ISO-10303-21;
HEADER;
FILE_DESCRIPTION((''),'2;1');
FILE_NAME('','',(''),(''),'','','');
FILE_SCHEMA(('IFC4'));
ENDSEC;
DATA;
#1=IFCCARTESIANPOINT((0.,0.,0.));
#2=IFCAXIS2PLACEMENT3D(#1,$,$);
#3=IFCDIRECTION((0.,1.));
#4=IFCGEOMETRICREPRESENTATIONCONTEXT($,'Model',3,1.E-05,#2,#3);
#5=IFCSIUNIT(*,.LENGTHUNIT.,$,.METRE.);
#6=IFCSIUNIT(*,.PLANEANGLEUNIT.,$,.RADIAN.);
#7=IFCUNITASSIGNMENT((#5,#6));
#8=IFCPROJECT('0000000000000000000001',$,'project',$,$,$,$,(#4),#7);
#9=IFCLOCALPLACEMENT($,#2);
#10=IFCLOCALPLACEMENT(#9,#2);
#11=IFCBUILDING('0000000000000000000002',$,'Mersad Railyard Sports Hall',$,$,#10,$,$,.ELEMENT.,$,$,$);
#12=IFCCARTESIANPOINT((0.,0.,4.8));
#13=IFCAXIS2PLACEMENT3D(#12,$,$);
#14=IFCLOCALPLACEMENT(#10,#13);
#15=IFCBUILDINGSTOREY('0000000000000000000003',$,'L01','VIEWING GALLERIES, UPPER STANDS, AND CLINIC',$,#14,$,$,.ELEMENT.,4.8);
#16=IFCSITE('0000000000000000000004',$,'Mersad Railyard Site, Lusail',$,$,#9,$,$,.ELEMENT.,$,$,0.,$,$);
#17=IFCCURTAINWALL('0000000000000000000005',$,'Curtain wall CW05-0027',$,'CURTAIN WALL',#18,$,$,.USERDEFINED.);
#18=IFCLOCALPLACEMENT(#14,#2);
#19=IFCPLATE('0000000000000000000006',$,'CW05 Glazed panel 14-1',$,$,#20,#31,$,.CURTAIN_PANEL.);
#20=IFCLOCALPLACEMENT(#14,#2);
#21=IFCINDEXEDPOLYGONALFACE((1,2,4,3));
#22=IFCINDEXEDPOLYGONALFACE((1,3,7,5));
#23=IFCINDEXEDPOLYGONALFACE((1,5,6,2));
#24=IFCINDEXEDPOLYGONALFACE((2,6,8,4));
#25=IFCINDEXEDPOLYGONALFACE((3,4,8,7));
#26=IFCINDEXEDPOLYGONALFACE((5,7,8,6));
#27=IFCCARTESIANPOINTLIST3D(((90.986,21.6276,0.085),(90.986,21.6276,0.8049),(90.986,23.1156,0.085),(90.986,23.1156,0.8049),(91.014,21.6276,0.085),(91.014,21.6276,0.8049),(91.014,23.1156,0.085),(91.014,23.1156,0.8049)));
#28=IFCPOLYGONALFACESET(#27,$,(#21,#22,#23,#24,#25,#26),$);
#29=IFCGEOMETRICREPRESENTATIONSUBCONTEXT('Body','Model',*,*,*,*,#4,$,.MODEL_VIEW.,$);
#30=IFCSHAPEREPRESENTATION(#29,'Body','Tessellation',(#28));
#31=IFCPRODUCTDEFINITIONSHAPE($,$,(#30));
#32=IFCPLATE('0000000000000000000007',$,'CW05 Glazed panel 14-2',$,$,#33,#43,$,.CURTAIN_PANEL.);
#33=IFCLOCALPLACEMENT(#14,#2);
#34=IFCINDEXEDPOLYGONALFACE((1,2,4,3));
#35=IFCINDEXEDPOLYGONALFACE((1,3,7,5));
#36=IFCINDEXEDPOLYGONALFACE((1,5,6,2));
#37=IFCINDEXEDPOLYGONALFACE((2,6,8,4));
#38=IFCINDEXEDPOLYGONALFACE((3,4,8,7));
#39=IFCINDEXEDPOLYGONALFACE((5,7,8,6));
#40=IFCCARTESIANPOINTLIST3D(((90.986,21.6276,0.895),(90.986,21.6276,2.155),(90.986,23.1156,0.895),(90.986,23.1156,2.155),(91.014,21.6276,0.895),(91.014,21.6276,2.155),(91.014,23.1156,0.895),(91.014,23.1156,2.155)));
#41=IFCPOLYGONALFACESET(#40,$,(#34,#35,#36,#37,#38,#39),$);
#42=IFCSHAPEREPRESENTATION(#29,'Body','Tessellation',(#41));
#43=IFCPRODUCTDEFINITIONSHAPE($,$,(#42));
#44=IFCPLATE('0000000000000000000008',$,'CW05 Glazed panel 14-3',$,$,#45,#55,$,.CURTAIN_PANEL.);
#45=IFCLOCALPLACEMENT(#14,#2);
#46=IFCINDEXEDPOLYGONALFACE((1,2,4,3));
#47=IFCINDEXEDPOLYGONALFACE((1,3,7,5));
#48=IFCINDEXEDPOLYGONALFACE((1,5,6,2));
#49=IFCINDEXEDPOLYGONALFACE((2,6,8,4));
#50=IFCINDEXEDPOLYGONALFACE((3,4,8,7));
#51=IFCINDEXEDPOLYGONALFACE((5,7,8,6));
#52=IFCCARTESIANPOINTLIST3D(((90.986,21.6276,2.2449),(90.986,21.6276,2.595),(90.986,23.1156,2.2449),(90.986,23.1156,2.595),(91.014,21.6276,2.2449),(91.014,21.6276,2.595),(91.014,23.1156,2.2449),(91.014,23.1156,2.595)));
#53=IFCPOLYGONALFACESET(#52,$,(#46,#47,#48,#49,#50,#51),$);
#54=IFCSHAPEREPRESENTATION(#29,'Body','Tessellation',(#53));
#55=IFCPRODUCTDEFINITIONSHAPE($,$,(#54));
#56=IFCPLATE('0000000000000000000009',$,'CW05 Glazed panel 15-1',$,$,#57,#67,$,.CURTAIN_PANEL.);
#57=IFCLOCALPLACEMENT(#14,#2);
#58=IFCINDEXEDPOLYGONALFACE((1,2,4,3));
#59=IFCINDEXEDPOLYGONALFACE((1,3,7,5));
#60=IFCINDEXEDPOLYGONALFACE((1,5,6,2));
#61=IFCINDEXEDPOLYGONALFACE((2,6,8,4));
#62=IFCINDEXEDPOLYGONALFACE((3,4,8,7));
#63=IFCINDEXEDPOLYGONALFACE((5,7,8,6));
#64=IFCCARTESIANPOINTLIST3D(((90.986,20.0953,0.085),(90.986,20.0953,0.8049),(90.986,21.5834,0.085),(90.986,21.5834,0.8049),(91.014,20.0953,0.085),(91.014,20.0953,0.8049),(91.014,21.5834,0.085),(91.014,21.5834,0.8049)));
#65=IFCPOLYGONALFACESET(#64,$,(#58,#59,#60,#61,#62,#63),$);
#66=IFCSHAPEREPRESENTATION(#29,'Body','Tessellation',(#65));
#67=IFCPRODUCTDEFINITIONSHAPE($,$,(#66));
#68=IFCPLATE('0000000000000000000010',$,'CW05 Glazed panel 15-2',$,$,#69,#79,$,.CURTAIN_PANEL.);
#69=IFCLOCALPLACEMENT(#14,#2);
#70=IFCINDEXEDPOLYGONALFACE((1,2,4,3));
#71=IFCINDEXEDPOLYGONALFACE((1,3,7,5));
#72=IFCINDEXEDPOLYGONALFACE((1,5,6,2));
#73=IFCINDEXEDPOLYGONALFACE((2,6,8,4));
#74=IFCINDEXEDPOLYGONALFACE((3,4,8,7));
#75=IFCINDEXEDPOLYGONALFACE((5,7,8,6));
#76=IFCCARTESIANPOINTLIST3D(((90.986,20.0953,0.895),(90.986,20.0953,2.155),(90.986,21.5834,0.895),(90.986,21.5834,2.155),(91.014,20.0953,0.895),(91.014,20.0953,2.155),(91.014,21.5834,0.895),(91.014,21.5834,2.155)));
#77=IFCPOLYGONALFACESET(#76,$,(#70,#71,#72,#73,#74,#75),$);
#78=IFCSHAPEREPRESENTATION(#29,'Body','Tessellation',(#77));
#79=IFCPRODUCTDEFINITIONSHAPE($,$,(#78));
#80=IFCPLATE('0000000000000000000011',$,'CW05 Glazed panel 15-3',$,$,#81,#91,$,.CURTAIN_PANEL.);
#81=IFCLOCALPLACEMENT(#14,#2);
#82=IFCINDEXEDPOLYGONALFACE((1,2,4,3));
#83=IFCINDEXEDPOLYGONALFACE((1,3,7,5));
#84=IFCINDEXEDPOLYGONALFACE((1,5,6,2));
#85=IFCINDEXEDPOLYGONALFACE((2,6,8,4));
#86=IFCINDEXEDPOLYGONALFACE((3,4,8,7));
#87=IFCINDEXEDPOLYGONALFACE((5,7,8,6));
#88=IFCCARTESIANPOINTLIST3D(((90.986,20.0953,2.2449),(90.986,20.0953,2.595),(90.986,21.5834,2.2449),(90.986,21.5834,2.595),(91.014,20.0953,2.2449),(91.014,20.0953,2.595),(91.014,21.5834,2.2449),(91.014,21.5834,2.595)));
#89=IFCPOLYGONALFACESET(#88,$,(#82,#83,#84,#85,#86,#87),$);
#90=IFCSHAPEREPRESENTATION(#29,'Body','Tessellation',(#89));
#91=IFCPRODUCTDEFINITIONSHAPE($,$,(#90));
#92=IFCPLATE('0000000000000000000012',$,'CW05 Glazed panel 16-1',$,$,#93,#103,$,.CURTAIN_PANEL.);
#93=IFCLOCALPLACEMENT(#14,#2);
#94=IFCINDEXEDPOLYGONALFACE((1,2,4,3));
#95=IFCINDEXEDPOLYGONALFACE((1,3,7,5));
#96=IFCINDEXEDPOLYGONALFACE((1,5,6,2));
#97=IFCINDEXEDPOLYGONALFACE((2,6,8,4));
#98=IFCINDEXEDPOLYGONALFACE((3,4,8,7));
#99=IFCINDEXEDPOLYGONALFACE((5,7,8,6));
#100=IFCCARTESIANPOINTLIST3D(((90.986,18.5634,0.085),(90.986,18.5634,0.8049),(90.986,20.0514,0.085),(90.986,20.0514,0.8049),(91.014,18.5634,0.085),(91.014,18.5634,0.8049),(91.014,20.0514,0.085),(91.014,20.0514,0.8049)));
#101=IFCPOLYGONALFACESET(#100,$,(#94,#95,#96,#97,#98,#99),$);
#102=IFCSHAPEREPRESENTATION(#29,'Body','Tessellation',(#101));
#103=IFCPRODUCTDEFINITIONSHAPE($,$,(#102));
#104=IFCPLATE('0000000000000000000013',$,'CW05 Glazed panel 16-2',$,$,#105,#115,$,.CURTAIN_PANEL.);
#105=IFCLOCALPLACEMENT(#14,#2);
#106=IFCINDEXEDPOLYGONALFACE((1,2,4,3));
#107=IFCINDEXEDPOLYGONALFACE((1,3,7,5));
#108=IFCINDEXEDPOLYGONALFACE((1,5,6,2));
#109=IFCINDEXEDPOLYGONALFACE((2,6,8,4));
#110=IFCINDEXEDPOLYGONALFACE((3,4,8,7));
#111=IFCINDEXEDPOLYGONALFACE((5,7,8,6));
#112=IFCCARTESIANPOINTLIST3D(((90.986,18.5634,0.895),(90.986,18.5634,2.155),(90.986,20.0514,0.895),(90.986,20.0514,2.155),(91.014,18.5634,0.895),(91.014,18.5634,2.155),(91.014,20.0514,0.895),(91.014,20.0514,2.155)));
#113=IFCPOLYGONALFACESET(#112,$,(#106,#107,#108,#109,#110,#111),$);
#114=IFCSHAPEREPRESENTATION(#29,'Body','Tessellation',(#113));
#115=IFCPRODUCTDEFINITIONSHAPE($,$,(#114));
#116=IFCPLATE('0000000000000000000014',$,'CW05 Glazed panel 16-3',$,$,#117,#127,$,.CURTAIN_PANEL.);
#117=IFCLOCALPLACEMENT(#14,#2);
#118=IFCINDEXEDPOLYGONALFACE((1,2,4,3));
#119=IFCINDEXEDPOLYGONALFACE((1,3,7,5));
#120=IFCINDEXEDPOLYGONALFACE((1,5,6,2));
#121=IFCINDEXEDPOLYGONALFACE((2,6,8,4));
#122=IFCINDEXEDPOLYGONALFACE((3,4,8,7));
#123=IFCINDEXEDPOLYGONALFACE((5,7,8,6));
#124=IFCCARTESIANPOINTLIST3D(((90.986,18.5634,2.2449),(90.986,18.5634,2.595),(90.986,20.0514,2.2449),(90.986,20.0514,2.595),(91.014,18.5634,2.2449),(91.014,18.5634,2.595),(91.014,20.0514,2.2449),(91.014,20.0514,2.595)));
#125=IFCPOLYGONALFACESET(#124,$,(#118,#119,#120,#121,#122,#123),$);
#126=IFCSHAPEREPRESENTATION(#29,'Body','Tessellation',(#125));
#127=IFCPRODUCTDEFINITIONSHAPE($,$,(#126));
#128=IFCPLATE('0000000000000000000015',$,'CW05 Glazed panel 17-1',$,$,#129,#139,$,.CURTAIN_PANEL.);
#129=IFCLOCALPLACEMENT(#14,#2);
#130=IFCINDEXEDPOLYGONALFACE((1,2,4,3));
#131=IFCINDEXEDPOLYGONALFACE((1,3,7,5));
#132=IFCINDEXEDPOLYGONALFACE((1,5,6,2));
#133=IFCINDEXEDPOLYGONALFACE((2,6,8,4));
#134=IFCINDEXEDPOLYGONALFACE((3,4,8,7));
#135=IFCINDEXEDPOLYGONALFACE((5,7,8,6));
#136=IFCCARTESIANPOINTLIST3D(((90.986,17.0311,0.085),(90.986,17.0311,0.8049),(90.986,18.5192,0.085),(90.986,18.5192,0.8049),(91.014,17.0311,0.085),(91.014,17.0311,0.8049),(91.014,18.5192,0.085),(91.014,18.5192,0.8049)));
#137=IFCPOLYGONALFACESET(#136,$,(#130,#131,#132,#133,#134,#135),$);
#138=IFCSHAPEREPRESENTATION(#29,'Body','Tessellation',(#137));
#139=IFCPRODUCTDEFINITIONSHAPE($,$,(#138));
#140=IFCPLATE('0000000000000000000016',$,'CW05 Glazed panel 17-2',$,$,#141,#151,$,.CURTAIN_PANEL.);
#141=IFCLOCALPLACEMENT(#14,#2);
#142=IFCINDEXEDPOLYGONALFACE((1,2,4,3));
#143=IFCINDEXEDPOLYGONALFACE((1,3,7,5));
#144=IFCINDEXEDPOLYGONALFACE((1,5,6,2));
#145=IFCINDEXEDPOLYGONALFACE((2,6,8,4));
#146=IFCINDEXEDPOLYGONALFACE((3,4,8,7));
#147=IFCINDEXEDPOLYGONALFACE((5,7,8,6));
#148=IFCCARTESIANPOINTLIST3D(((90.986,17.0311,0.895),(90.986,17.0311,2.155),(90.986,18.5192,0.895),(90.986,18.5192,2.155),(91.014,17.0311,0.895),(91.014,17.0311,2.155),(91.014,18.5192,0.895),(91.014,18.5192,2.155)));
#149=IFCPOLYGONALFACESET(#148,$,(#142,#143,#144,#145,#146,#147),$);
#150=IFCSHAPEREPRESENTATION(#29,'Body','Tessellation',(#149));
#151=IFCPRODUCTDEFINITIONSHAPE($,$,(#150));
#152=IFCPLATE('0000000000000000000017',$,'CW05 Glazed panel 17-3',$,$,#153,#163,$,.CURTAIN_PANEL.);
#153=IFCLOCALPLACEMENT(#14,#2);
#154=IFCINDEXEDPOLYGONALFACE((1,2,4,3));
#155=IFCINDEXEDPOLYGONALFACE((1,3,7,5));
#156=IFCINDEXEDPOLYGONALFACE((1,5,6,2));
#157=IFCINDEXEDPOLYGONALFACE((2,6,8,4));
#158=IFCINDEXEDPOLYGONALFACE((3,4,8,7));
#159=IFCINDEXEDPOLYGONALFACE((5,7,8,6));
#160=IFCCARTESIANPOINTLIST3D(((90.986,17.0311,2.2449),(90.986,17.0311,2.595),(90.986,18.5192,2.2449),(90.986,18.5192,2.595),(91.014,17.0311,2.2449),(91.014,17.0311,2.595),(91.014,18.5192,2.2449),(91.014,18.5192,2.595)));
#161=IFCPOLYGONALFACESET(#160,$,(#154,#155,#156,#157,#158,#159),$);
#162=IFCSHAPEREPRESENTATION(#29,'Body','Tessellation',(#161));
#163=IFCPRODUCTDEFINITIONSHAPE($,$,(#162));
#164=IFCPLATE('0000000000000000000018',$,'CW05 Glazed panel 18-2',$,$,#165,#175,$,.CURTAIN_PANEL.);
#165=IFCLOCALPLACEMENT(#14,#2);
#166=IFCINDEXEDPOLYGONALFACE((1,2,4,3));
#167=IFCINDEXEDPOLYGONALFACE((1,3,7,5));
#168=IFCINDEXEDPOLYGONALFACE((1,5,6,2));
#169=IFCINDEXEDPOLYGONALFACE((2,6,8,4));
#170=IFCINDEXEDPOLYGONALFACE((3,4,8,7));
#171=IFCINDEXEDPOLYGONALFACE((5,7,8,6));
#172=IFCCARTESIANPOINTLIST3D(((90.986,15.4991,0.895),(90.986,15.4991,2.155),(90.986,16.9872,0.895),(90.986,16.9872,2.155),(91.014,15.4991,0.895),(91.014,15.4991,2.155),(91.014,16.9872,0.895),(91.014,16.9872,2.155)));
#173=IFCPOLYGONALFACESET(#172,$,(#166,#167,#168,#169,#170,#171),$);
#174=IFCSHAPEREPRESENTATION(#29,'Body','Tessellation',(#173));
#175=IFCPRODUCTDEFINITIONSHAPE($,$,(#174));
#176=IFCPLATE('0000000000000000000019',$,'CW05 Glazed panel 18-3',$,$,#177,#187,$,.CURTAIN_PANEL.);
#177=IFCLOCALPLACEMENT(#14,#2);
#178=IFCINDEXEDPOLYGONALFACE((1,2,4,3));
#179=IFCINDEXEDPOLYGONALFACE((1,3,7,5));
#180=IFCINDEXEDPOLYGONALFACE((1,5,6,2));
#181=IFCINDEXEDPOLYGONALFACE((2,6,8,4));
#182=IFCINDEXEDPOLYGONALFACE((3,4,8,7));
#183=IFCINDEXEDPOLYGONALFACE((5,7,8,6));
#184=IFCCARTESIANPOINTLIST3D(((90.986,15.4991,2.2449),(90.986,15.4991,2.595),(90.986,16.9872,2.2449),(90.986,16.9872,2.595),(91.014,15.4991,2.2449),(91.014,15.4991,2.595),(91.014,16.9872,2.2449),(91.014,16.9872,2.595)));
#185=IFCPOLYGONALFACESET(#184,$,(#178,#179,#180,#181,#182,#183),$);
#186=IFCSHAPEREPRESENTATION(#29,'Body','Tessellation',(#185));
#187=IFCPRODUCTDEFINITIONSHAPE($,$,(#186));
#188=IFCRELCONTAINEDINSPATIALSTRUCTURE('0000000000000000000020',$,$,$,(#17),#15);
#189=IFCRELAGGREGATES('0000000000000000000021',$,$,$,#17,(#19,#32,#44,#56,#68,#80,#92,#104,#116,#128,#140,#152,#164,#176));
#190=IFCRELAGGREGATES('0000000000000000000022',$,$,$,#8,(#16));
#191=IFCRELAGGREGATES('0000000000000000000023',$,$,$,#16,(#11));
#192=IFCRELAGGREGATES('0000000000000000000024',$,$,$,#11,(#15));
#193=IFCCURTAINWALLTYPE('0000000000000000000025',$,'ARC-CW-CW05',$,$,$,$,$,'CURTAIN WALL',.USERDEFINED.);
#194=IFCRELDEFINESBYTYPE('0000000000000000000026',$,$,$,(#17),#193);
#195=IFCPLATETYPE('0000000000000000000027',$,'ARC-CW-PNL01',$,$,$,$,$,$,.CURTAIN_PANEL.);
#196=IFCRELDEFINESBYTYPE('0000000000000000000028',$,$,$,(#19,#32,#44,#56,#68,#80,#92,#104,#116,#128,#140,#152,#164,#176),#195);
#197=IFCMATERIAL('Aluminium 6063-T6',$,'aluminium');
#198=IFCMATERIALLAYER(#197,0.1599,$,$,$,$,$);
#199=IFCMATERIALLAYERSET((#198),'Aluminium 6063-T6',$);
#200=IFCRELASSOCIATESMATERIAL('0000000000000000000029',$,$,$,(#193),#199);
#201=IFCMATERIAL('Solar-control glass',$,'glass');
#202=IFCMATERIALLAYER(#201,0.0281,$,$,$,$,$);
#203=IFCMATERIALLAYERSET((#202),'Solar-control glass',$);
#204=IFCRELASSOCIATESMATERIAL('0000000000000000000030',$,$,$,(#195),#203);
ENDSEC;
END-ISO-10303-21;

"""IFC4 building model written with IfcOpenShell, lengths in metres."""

from ifc_helpers import new_model, si_unit, direction, frame, origin, origin_2d, place, context, subcontext, project, spatial, rectangle, extrude, material, layer, layer_set, type_object, element, aggregate, save


model = new_model("IFC4")

# Units and contexts
model_context = context("Model", 3, precision=1e-05, world=origin(), true_north=direction((0.0, 1.0)))
body_context = subcontext(model_context, "Body", "Model", "MODEL_VIEW")
ifc_project = project(units=[si_unit("LENGTHUNIT", "METRE"), si_unit("PLANEANGLEUNIT", "RADIAN")], contexts=[model_context])

# Site, building, storey
site_placement = place(None, origin())
site = spatial("IfcSite", under=ifc_project, at=site_placement, Name="Mersad Railyard Site, Lusail", CompositionType="ELEMENT", RefElevation=0.0)
building_placement = place(site_placement, origin())
building = spatial("IfcBuilding", under=site, at=building_placement, Name="Mersad Railyard Sports Hall", CompositionType="ELEMENT")
storey_placement = place(building_placement, frame((0.0, 0.0, 4.8)))
storey = spatial("IfcBuildingStorey", under=building, at=storey_placement, Name="L01", Description="VIEWING GALLERIES, UPPER STANDS, AND CLINIC", CompositionType="ELEMENT", Elevation=4.8)

# Curtain wall, plates
ifc_material_1 = material(Name="Aluminium 6063-T6", Category="aluminium")
ifc_layer_1 = layer(ifc_material_1, 0.1599)
ifc_layer_set_1 = layer_set([ifc_layer_1], Name="Aluminium 6063-T6")
curtain_wall_type = type_object("IfcCurtainWallType", Name="ARC-CW-CW05", ElementType="CURTAIN WALL", PredefinedType="USERDEFINED", material=ifc_layer_set_1)
curtain_wall_placement = place(storey_placement, origin())
curtain_wall = element("IfcCurtainWall", 1, at=curtain_wall_placement, inside=storey, type_object=curtain_wall_type, Name="Curtain wall CW05-0027", ObjectType="CURTAIN WALL", PredefinedType="USERDEFINED")
ifc_material_2 = material(Name="Solar-control glass", Category="glass")
ifc_layer_2 = layer(ifc_material_2, 0.0281)
ifc_layer_set_2 = layer_set([ifc_layer_2], Name="Solar-control glass")
plate_type = type_object("IfcPlateType", Name="ARC-CW-PNL01", PredefinedType="CURTAIN_PANEL", material=ifc_layer_set_2)
plate_1_placement = place(storey_placement, frame((91.0, 22.3716, 0.085), z_axis=(0.0, 0.0, 1.0), x_axis=(0.0, -1.0, 0.0)))
plate_1 = element("IfcPlate", 2, at=plate_1_placement, type_object=plate_type, Name="CW05 Glazed panel 14-1", PredefinedType="CURTAIN_PANEL", context=body_context, shape_type="SweptSolid", body=[
    extrude(rectangle(XDim=1.488, YDim=0.0281, at=origin_2d()), origin(), (0.0, 0.0, 1.0), 0.72),
])
plate_2_placement = place(storey_placement, frame((91.0, 22.3716, 0.895), z_axis=(0.0, 0.0, 1.0), x_axis=(0.0, -1.0, 0.0)))
plate_2 = element("IfcPlate", 3, at=plate_2_placement, type_object=plate_type, Name="CW05 Glazed panel 14-2", PredefinedType="CURTAIN_PANEL", context=body_context, shape_type="SweptSolid", body=[
    extrude(rectangle(XDim=1.488, YDim=0.0281, at=origin_2d()), origin(), (0.0, 0.0, 1.0), 1.26),
])
plate_3_placement = place(storey_placement, frame((91.0, 22.3716, 2.2449), z_axis=(0.0, 0.0, 1.0), x_axis=(0.0, -1.0, 0.0)))
plate_3 = element("IfcPlate", 4, at=plate_3_placement, type_object=plate_type, Name="CW05 Glazed panel 14-3", PredefinedType="CURTAIN_PANEL", context=body_context, shape_type="SweptSolid", body=[
    extrude(rectangle(XDim=1.488, YDim=0.0281, at=origin_2d()), origin(), (0.0, 0.0, 1.0), 0.3501),
])
plate_4_placement = place(storey_placement, frame((91.0, 20.8394, 0.085), z_axis=(0.0, 0.0, 1.0), x_axis=(0.0, -1.0, 0.0)))
plate_4 = element("IfcPlate", 5, at=plate_4_placement, type_object=plate_type, Name="CW05 Glazed panel 15-1", PredefinedType="CURTAIN_PANEL", context=body_context, shape_type="SweptSolid", body=[
    extrude(rectangle(XDim=1.488, YDim=0.0281, at=origin_2d()), origin(), (0.0, 0.0, 1.0), 0.72),
])
plate_5_placement = place(storey_placement, frame((91.0, 20.8394, 0.895), z_axis=(0.0, 0.0, 1.0), x_axis=(0.0, -1.0, 0.0)))
plate_5 = element("IfcPlate", 6, at=plate_5_placement, type_object=plate_type, Name="CW05 Glazed panel 15-2", PredefinedType="CURTAIN_PANEL", context=body_context, shape_type="SweptSolid", body=[
    extrude(rectangle(XDim=1.488, YDim=0.0281, at=origin_2d()), origin(), (0.0, 0.0, 1.0), 1.26),
])
plate_6_placement = place(storey_placement, frame((91.0, 20.8394, 2.2449), z_axis=(0.0, 0.0, 1.0), x_axis=(0.0, -1.0, 0.0)))
plate_6 = element("IfcPlate", 7, at=plate_6_placement, type_object=plate_type, Name="CW05 Glazed panel 15-3", PredefinedType="CURTAIN_PANEL", context=body_context, shape_type="SweptSolid", body=[
    extrude(rectangle(XDim=1.488, YDim=0.0281, at=origin_2d()), origin(), (0.0, 0.0, 1.0), 0.3501),
])
plate_7_placement = place(storey_placement, frame((91.0, 19.3074, 0.085), z_axis=(0.0, 0.0, 1.0), x_axis=(0.0, -1.0, 0.0)))
plate_7 = element("IfcPlate", 8, at=plate_7_placement, type_object=plate_type, Name="CW05 Glazed panel 16-1", PredefinedType="CURTAIN_PANEL", context=body_context, shape_type="SweptSolid", body=[
    extrude(rectangle(XDim=1.488, YDim=0.0281, at=origin_2d()), origin(), (0.0, 0.0, 1.0), 0.72),
])
plate_8_placement = place(storey_placement, frame((91.0, 19.3074, 0.895), z_axis=(0.0, 0.0, 1.0), x_axis=(0.0, -1.0, 0.0)))
plate_8 = element("IfcPlate", 9, at=plate_8_placement, type_object=plate_type, Name="CW05 Glazed panel 16-2", PredefinedType="CURTAIN_PANEL", context=body_context, shape_type="SweptSolid", body=[
    extrude(rectangle(XDim=1.488, YDim=0.0281, at=origin_2d()), origin(), (0.0, 0.0, 1.0), 1.26),
])
plate_9_placement = place(storey_placement, frame((91.0, 19.3074, 2.2449), z_axis=(0.0, 0.0, 1.0), x_axis=(0.0, -1.0, 0.0)))
plate_9 = element("IfcPlate", 10, at=plate_9_placement, type_object=plate_type, Name="CW05 Glazed panel 16-3", PredefinedType="CURTAIN_PANEL", context=body_context, shape_type="SweptSolid", body=[
    extrude(rectangle(XDim=1.488, YDim=0.0281, at=origin_2d()), origin(), (0.0, 0.0, 1.0), 0.3501),
])
plate_10_placement = place(storey_placement, frame((91.0, 17.7751, 0.085), z_axis=(0.0, 0.0, 1.0), x_axis=(0.0, -1.0, 0.0)))
plate_10 = element("IfcPlate", 11, at=plate_10_placement, type_object=plate_type, Name="CW05 Glazed panel 17-1", PredefinedType="CURTAIN_PANEL", context=body_context, shape_type="SweptSolid", body=[
    extrude(rectangle(XDim=1.488, YDim=0.0281, at=origin_2d()), origin(), (0.0, 0.0, 1.0), 0.72),
])
plate_11_placement = place(storey_placement, frame((91.0, 17.7751, 0.895), z_axis=(0.0, 0.0, 1.0), x_axis=(0.0, -1.0, 0.0)))
plate_11 = element("IfcPlate", 12, at=plate_11_placement, type_object=plate_type, Name="CW05 Glazed panel 17-2", PredefinedType="CURTAIN_PANEL", context=body_context, shape_type="SweptSolid", body=[
    extrude(rectangle(XDim=1.488, YDim=0.0281, at=origin_2d()), origin(), (0.0, 0.0, 1.0), 1.26),
])
plate_12_placement = place(storey_placement, frame((91.0, 17.7751, 2.2449), z_axis=(0.0, 0.0, 1.0), x_axis=(0.0, -1.0, 0.0)))
plate_12 = element("IfcPlate", 13, at=plate_12_placement, type_object=plate_type, Name="CW05 Glazed panel 17-3", PredefinedType="CURTAIN_PANEL", context=body_context, shape_type="SweptSolid", body=[
    extrude(rectangle(XDim=1.488, YDim=0.0281, at=origin_2d()), origin(), (0.0, 0.0, 1.0), 0.3501),
])
plate_13_placement = place(storey_placement, frame((91.0, 16.2432, 0.895), z_axis=(0.0, 0.0, 1.0), x_axis=(0.0, -1.0, 0.0)))
plate_13 = element("IfcPlate", 14, at=plate_13_placement, type_object=plate_type, Name="CW05 Glazed panel 18-2", PredefinedType="CURTAIN_PANEL", context=body_context, shape_type="SweptSolid", body=[
    extrude(rectangle(XDim=1.488, YDim=0.0281, at=origin_2d()), origin(), (0.0, 0.0, 1.0), 1.26),
])
plate_14_placement = place(storey_placement, frame((91.0, 16.2432, 2.2449), z_axis=(0.0, 0.0, 1.0), x_axis=(0.0, -1.0, 0.0)))
plate_14 = element("IfcPlate", 15, at=plate_14_placement, type_object=plate_type, Name="CW05 Glazed panel 18-3", PredefinedType="CURTAIN_PANEL", context=body_context, shape_type="SweptSolid", body=[
    extrude(rectangle(XDim=1.488, YDim=0.0281, at=origin_2d()), origin(), (0.0, 0.0, 1.0), 0.3501),
])
aggregate(curtain_wall, [plate_1, plate_2, plate_3, plate_4, plate_5, plate_6, plate_7, plate_8, plate_9, plate_10, plate_11, plate_12, plate_13, plate_14])

save(model, "model.ifc")
